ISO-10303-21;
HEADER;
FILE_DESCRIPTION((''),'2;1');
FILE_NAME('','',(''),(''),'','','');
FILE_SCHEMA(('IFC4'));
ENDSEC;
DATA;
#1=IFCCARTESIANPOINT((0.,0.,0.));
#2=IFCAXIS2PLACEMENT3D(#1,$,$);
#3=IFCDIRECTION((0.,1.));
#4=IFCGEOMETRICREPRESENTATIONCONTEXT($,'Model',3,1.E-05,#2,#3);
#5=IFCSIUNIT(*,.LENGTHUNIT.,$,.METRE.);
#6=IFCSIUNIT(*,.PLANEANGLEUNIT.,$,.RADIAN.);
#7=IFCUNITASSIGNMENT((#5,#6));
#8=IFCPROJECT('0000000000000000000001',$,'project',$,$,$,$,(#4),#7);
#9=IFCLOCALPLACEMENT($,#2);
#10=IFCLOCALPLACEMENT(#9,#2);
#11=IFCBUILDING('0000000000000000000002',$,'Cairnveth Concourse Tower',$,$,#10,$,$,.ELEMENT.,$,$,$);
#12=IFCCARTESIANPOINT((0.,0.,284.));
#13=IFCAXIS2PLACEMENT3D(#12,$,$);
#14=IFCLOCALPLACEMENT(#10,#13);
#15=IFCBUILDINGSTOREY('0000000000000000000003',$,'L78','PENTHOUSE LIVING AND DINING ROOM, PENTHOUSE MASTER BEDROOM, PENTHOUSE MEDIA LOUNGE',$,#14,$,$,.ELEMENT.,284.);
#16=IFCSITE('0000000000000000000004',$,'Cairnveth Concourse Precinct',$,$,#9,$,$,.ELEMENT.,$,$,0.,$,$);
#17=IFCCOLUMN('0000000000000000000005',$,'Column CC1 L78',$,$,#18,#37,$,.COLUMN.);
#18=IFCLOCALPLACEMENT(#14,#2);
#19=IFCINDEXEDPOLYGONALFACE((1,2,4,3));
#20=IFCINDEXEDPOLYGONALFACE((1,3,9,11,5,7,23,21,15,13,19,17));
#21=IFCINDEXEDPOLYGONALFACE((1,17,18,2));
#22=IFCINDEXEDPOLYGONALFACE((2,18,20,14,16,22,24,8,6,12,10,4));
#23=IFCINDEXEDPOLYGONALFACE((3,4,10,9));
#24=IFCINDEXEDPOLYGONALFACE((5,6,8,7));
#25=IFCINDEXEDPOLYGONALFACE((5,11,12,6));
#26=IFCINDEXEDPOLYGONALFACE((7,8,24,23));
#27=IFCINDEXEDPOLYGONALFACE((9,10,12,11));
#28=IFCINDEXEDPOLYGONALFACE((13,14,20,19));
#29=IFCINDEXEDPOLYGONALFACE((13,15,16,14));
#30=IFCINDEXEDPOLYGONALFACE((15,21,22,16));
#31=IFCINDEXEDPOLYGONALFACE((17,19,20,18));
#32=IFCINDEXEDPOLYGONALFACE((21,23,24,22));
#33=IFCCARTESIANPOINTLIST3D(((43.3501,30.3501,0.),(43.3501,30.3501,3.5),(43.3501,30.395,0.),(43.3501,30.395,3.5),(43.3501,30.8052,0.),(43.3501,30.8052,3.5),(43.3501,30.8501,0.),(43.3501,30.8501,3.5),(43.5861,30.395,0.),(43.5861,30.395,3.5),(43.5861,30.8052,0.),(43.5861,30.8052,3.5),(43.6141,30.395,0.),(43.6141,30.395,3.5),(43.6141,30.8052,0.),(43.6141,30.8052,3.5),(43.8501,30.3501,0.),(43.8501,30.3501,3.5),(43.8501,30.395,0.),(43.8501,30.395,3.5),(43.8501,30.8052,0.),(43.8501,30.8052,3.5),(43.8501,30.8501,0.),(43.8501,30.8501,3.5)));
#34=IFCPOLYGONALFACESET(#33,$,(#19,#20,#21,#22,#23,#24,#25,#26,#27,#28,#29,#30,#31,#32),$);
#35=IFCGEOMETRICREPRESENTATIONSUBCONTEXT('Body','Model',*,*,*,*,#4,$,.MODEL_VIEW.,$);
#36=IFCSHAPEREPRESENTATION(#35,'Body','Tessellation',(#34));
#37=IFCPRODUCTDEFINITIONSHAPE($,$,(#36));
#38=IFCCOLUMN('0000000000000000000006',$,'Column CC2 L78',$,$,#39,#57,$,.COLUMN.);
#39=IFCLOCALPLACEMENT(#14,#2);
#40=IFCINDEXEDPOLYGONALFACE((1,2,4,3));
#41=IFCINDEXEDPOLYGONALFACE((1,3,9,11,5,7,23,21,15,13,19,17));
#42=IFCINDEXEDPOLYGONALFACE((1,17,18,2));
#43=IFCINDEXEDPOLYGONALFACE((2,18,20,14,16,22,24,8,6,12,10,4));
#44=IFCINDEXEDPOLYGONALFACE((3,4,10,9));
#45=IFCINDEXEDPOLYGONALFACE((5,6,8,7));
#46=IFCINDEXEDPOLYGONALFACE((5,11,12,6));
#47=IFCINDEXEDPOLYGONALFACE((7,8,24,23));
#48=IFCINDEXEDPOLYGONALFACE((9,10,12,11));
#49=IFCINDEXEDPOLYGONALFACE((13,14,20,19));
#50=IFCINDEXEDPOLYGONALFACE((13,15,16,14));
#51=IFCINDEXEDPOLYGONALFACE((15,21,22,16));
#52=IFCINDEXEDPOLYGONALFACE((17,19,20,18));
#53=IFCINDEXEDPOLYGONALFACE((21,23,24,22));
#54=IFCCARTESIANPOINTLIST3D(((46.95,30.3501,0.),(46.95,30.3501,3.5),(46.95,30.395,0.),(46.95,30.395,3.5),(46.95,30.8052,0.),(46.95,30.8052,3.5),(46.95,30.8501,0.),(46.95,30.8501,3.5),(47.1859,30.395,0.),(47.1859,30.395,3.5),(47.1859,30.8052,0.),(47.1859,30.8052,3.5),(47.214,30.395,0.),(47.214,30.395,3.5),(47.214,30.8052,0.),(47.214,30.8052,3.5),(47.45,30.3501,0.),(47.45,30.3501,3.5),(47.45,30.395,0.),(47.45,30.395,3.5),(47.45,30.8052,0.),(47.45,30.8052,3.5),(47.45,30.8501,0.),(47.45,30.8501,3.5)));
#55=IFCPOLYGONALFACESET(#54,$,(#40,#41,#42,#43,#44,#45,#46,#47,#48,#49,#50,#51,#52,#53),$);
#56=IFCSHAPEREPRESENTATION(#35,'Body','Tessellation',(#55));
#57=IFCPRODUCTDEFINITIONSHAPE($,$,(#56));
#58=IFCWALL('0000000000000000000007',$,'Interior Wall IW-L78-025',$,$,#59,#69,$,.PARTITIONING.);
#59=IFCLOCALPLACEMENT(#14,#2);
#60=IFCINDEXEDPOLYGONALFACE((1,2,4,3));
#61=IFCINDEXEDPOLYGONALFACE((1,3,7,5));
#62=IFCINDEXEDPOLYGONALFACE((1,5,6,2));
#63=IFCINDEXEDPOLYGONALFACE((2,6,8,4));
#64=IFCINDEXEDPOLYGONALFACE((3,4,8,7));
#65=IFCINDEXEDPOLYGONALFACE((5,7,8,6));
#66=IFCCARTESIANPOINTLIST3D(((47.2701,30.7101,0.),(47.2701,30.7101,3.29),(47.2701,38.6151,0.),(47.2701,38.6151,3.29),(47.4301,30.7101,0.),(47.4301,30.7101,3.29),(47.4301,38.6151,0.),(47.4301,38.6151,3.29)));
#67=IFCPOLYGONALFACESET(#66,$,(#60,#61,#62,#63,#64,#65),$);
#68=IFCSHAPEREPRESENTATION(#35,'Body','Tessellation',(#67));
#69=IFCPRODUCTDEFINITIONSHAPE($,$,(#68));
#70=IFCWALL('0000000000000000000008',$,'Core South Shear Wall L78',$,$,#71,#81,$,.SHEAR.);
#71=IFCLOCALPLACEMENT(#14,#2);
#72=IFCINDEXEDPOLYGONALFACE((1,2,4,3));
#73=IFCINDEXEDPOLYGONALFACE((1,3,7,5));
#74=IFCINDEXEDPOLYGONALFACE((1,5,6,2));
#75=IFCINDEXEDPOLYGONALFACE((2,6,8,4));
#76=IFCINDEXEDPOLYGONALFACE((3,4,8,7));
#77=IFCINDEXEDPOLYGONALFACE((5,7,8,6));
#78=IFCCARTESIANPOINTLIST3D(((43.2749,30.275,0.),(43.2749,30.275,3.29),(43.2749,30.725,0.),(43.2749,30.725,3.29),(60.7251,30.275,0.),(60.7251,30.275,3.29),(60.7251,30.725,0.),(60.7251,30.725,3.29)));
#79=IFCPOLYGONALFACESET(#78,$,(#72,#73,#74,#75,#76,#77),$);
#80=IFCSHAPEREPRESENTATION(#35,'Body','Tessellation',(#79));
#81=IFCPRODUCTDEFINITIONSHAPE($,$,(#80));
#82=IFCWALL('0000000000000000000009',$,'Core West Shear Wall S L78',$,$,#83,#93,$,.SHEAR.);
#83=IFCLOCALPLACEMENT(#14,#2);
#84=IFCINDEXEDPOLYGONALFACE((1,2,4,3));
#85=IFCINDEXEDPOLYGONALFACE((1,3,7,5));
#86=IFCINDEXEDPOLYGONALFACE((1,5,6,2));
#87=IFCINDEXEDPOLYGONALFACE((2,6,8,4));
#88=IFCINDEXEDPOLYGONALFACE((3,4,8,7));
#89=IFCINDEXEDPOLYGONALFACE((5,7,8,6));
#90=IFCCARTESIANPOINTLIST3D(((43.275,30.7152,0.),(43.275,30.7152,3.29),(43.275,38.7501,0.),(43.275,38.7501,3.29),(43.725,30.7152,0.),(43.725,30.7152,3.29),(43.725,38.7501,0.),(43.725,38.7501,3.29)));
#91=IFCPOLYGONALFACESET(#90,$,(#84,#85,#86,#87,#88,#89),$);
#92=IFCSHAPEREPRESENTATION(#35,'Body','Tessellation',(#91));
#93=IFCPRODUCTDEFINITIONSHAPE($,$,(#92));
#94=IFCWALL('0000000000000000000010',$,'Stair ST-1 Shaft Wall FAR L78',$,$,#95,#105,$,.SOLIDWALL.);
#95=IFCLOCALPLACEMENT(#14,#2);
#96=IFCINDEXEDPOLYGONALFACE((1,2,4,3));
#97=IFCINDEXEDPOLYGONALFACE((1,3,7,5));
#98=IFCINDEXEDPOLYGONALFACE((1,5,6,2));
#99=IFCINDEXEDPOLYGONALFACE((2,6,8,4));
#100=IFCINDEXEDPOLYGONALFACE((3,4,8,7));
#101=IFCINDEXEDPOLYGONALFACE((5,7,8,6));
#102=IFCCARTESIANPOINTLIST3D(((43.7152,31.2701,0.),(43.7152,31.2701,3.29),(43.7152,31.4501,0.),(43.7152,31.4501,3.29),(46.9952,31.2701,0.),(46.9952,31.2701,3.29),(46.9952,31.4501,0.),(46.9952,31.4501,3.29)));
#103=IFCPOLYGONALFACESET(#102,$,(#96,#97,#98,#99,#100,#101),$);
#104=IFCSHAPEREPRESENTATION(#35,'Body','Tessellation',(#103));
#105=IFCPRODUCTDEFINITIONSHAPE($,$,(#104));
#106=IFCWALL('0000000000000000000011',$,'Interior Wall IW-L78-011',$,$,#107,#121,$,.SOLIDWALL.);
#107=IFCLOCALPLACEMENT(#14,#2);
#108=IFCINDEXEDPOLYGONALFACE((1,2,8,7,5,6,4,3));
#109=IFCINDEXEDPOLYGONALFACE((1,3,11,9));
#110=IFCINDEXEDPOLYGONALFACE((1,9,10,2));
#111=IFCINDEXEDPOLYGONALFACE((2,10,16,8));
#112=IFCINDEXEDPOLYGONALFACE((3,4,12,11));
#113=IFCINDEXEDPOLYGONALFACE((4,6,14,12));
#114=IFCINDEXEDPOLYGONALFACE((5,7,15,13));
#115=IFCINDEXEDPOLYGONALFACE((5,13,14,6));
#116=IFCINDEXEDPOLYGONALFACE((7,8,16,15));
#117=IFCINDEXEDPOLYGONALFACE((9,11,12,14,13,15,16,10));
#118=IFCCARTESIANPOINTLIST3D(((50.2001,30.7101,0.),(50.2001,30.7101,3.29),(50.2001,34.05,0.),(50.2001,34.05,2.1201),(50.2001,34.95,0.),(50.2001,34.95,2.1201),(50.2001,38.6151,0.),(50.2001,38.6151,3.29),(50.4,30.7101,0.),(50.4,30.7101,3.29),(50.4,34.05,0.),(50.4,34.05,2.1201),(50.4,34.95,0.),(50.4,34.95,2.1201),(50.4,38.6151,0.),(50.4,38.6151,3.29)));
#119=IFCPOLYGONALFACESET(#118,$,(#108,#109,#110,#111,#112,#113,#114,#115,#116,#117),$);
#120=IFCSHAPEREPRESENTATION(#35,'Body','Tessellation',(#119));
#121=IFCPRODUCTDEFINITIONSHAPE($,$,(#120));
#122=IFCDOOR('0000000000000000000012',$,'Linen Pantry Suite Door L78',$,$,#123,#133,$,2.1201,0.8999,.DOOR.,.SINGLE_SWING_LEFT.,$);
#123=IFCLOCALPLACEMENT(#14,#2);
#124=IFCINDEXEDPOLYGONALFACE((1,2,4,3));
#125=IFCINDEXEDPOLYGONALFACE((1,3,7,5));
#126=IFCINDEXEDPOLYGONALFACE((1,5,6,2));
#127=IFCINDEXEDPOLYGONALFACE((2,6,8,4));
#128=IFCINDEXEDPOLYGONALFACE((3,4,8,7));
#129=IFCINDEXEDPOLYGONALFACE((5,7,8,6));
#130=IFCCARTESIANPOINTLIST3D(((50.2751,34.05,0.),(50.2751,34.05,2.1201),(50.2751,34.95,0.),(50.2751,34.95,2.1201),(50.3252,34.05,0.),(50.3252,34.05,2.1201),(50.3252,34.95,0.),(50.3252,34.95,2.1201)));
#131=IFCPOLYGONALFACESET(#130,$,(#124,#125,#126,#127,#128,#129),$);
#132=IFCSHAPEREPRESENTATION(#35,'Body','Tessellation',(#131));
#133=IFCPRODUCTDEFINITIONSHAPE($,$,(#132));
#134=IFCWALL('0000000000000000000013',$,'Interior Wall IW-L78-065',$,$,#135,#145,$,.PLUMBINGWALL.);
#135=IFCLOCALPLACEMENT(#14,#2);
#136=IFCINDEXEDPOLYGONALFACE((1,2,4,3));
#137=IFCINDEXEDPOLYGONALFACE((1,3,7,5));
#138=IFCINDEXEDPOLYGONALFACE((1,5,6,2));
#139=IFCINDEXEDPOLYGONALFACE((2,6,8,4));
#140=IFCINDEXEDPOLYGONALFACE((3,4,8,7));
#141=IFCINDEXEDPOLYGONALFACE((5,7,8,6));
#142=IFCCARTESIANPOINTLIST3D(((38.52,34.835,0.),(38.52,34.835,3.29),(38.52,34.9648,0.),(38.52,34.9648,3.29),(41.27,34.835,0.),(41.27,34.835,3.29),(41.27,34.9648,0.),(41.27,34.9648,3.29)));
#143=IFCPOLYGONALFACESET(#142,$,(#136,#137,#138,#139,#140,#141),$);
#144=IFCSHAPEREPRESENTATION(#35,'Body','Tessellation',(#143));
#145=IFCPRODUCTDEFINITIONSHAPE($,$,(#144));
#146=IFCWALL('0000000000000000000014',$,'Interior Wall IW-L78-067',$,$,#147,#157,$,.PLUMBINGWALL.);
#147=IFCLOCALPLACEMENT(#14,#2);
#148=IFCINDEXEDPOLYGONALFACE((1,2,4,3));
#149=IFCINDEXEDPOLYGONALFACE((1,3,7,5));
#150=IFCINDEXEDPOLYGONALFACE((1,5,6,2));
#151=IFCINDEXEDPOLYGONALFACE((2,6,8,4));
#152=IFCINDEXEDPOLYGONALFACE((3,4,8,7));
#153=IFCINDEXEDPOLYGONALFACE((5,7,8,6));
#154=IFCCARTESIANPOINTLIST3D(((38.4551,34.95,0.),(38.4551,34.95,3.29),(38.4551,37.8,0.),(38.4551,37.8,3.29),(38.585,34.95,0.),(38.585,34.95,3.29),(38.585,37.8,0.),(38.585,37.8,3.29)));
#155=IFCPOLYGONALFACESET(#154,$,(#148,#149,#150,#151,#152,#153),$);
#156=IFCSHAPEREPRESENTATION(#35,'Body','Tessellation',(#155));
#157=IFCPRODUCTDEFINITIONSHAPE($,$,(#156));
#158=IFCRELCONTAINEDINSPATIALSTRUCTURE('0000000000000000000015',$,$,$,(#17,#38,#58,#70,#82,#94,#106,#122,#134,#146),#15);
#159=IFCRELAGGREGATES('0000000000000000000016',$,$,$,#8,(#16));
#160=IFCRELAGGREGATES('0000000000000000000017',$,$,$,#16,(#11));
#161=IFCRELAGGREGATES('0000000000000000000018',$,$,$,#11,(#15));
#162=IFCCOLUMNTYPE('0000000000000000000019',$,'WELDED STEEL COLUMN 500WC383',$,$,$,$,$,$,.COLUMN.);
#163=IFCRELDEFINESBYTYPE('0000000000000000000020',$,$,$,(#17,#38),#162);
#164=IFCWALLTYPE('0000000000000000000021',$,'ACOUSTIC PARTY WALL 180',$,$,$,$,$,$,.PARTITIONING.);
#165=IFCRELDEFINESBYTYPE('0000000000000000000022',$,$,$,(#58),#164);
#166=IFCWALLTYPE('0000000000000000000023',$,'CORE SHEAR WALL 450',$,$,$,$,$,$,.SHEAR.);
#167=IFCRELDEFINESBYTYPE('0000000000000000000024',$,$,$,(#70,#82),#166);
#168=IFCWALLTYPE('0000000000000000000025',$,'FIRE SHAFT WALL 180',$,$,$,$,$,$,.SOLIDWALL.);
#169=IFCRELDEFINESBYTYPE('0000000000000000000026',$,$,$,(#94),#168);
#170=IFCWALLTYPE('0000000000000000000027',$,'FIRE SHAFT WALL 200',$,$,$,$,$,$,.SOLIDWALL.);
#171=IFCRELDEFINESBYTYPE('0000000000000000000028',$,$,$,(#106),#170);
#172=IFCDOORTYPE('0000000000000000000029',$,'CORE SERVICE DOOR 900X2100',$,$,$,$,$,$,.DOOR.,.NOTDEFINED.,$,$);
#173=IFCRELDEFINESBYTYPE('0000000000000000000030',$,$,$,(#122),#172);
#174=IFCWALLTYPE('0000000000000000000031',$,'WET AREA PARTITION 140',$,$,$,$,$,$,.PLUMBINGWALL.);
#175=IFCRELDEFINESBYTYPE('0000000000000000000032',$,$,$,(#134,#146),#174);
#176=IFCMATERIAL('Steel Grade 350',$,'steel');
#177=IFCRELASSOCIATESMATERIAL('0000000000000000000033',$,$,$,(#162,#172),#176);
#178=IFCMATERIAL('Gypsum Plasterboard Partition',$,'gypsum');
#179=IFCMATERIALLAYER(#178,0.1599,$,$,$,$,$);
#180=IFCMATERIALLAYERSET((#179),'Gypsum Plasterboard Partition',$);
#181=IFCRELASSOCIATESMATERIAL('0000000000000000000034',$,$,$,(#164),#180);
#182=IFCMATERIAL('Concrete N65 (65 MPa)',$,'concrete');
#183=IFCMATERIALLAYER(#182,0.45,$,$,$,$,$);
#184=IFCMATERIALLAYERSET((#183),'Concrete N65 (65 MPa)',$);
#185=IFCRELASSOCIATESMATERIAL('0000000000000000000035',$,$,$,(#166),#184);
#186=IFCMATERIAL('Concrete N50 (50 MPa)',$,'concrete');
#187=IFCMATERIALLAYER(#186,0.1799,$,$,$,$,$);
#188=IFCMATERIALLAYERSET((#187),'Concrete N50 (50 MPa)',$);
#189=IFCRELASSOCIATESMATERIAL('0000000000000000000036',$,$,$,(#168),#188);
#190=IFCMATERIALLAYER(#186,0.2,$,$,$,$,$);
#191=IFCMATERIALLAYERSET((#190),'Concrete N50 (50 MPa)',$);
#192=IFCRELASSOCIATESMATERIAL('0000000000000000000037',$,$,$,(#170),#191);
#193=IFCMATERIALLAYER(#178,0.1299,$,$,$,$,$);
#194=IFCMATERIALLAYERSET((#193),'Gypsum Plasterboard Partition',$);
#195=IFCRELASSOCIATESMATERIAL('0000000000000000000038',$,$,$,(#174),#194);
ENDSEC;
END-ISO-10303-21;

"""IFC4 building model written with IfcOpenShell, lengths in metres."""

from ifc_helpers import new_model, si_unit, direction, frame, frame_2d, origin, origin_2d, place, context, subcontext, project, spatial, rectangle, i_section, extrude, material, layer, layer_set, material_profile, profile_set, type_object, element, fill, save


model = new_model("IFC4")

# Units and contexts
model_context = context("Model", 3, precision=1e-05, world=origin(), true_north=direction((0.0, 1.0)))
body_context = subcontext(model_context, "Body", "Model", "MODEL_VIEW")
ifc_project = project(units=[si_unit("LENGTHUNIT", "METRE"), si_unit("PLANEANGLEUNIT", "RADIAN")], contexts=[model_context])

# Site, building, storey
site_placement = place(None, origin())
site = spatial("IfcSite", under=ifc_project, at=site_placement, Name="Cairnveth Concourse Precinct", CompositionType="ELEMENT", RefElevation=0.0)
building_placement = place(site_placement, origin())
building = spatial("IfcBuilding", under=site, at=building_placement, Name="Cairnveth Concourse Tower", CompositionType="ELEMENT")
storey_placement = place(building_placement, frame((0.0, 0.0, 284.0)))
storey = spatial("IfcBuildingStorey", under=building, at=storey_placement, Name="L78", Description="PENTHOUSE LIVING AND DINING ROOM, PENTHOUSE MASTER BEDROOM, PENTHOUSE MEDIA LOUNGE", CompositionType="ELEMENT", Elevation=284.0)

# Columns
ifc_material_1 = material(Name="Steel Grade 350", Category="steel")
ifc_material_profile = material_profile(ifc_material_1, i_section(OverallWidth=0.5, OverallDepth=0.5, WebThickness=0.0281, FlangeThickness=0.0449, at=origin_2d()), Name="500WC383")
ifc_profile_set = profile_set([ifc_material_profile], Name="Steel Grade 350")
column_type = type_object("IfcColumnType", Name="WELDED STEEL COLUMN 500WC383", PredefinedType="COLUMN", material=ifc_profile_set)
for number, where, z_axis, x_axis, name in (
    (1, (43.6001, 30.6001, 0.0), (0.0, 0.0, 1.0), (1.0, 0.0, 0.0), "Column CC1 L78"),
    (2, (47.2, 30.6001, 0.0), (0.0, 0.0, 1.0), (1.0, 0.0, 0.0), "Column CC2 L78"),
):
    element("IfcColumn", number, at=place(storey_placement, frame(where, z_axis=z_axis, x_axis=x_axis)), inside=storey, type_object=column_type, Name=name, PredefinedType="COLUMN", context=body_context, shape_type="SweptSolid", body=[
        extrude(i_section(OverallWidth=0.5, OverallDepth=0.5, WebThickness=0.0281, FlangeThickness=0.0449, at=origin_2d()), origin(), (0.0, 0.0, 1.0), 3.5),
    ])

# Walls
ifc_material_2 = material(Name="Gypsum Plasterboard Partition", Category="gypsum")
ifc_layer_1 = layer(ifc_material_2, 0.1599)
ifc_layer_set_1 = layer_set([ifc_layer_1], Name="Gypsum Plasterboard Partition")
wall_type_1 = type_object("IfcWallType", Name="ACOUSTIC PARTY WALL 180", PredefinedType="PARTITIONING", material=ifc_layer_set_1)
wall_1_placement = place(storey_placement, frame((47.3501, 30.71, 0.0), z_axis=(0.0, 0.0, 1.0), x_axis=(0.0, 1.0, 0.0)))
element("IfcWall", 3, at=wall_1_placement, inside=storey, type_object=wall_type_1, Name="Interior Wall IW-L78-025", PredefinedType="PARTITIONING", context=body_context, shape_type="SweptSolid", body=[
    extrude(rectangle(XDim=7.905, YDim=0.1599, at=frame_2d((3.9526, 0.0))), origin(), (0.0, 0.0, 1.0), 3.29),
])
ifc_material_3 = material(Name="Concrete N65 (65 MPa)", Category="concrete")
ifc_layer_2 = layer(ifc_material_3, 0.45)
ifc_layer_set_2 = layer_set([ifc_layer_2], Name="Concrete N65 (65 MPa)")
wall_type_2 = type_object("IfcWallType", Name="CORE SHEAR WALL 450", PredefinedType="SHEAR", material=ifc_layer_set_2)
wall_2_placement = place(storey_placement, frame((43.2749, 30.5, 0.0), z_axis=(0.0, 0.0, 1.0), x_axis=(1.0, 0.0, 0.0)))
element("IfcWall", 4, at=wall_2_placement, inside=storey, type_object=wall_type_2, Name="Core South Shear Wall L78", PredefinedType="SHEAR", context=body_context, shape_type="SweptSolid", body=[
    extrude(rectangle(XDim=17.4502, YDim=0.45, at=frame_2d((8.7251, 0.0))), origin(), (0.0, 0.0, 1.0), 3.29),
])
wall_3_placement = place(storey_placement, frame((43.5, 30.7151, 0.0), z_axis=(0.0, 0.0, 1.0), x_axis=(0.0, 1.0, 0.0)))
element("IfcWall", 5, at=wall_3_placement, inside=storey, type_object=wall_type_2, Name="Core West Shear Wall S L78", PredefinedType="SHEAR", context=body_context, shape_type="SweptSolid", body=[
    extrude(rectangle(XDim=8.0349, YDim=0.45, at=frame_2d((4.0176, 0.0))), origin(), (0.0, 0.0, 1.0), 3.29),
])
ifc_material_4 = material(Name="Concrete N50 (50 MPa)", Category="concrete")
ifc_layer_3 = layer(ifc_material_4, 0.1799)
ifc_layer_set_3 = layer_set([ifc_layer_3], Name="Concrete N50 (50 MPa)")
wall_type_3 = type_object("IfcWallType", Name="FIRE SHAFT WALL 180", PredefinedType="SOLIDWALL", material=ifc_layer_set_3)
wall_4_placement = place(storey_placement, frame((43.7151, 31.3601, 0.0), z_axis=(0.0, 0.0, 1.0), x_axis=(1.0, 0.0, 0.0)))
element("IfcWall", 6, at=wall_4_placement, inside=storey, type_object=wall_type_3, Name="Stair ST-1 Shaft Wall FAR L78", PredefinedType="SOLIDWALL", context=body_context, shape_type="SweptSolid", body=[
    extrude(rectangle(XDim=3.28, YDim=0.1799, at=frame_2d((1.6401, 0.0))), origin(), (0.0, 0.0, 1.0), 3.29),
])

# Wall, opening, door
ifc_layer_4 = layer(ifc_material_4, 0.2)
ifc_layer_set_4 = layer_set([ifc_layer_4], Name="Concrete N50 (50 MPa)")
wall_type_4 = type_object("IfcWallType", Name="FIRE SHAFT WALL 200", PredefinedType="SOLIDWALL", material=ifc_layer_set_4)
wall_5_placement = place(storey_placement, frame((50.3, 30.71, 0.0), z_axis=(0.0, 0.0, 1.0), x_axis=(0.0, 1.0, 0.0)))
wall_5 = element("IfcWall", 7, at=wall_5_placement, inside=storey, type_object=wall_type_4, Name="Interior Wall IW-L78-011", PredefinedType="SOLIDWALL", context=body_context, shape_type="SweptSolid", body=[
    extrude(rectangle(XDim=7.905, YDim=0.2, at=frame_2d((3.9526, 0.0))), origin(), (0.0, 0.0, 1.0), 3.29),
])
opening_placement = place(wall_5_placement, frame((3.3401, 0.0, 0.0)))
opening = element("IfcOpeningElement", 8, at=opening_placement, cuts=wall_5, PredefinedType="OPENING", context=body_context, shape_type="SweptSolid", body=[
    extrude(rectangle(XDim=0.8999, YDim=2.1201, at=frame_2d((0.45, 1.0601))), frame((0.0, 0.1099, 0.0), z_axis=(0.0, -1.0, 0.0), x_axis=(1.0, 0.0, 0.0)), (0.0, 0.0, 1.0), 0.22),
])
door_type = type_object("IfcDoorType", Name="CORE SERVICE DOOR 900X2100", OperationType="NOTDEFINED", PredefinedType="DOOR", material=ifc_material_1)
door_placement = place(opening_placement, origin())
door = element("IfcDoor", 9, at=door_placement, inside=storey, type_object=door_type, Name="Linen Pantry Suite Door L78", OperationType="SINGLE_SWING_LEFT", OverallHeight=2.1201, OverallWidth=0.8999, PredefinedType="DOOR", context=body_context, shape_type="SweptSolid", body=[
    extrude(rectangle(XDim=0.8999, YDim=2.1201, at=frame_2d((0.45, 1.0601))), frame((0.0, 0.0249, 0.0), z_axis=(0.0, -1.0, 0.0), x_axis=(1.0, 0.0, 0.0)), (0.0, 0.0, 1.0), 0.05),
])
fill(opening, door)

# Walls
ifc_layer_5 = layer(ifc_material_2, 0.1299)
ifc_layer_set_5 = layer_set([ifc_layer_5], Name="Gypsum Plasterboard Partition")
wall_type_5 = type_object("IfcWallType", Name="WET AREA PARTITION 140", PredefinedType="PLUMBINGWALL", material=ifc_layer_set_5)
wall_6_placement = place(storey_placement, frame((38.52, 34.8999, 0.0), z_axis=(0.0, 0.0, 1.0), x_axis=(1.0, 0.0, 0.0)))
element("IfcWall", 10, at=wall_6_placement, inside=storey, type_object=wall_type_5, Name="Interior Wall IW-L78-065", PredefinedType="PLUMBINGWALL", context=body_context, shape_type="SweptSolid", body=[
    extrude(rectangle(XDim=2.75, YDim=0.1299, at=frame_2d((1.375, 0.0))), origin(), (0.0, 0.0, 1.0), 3.29),
])
wall_7_placement = place(storey_placement, frame((38.52, 34.95, 0.0), z_axis=(0.0, 0.0, 1.0), x_axis=(0.0, 1.0, 0.0)))
element("IfcWall", 11, at=wall_7_placement, inside=storey, type_object=wall_type_5, Name="Interior Wall IW-L78-067", PredefinedType="PLUMBINGWALL", context=body_context, shape_type="SweptSolid", body=[
    extrude(rectangle(XDim=2.8501, YDim=0.1299, at=frame_2d((1.425, 0.0))), origin(), (0.0, 0.0, 1.0), 3.29),
])

save(model, "model.ifc")
